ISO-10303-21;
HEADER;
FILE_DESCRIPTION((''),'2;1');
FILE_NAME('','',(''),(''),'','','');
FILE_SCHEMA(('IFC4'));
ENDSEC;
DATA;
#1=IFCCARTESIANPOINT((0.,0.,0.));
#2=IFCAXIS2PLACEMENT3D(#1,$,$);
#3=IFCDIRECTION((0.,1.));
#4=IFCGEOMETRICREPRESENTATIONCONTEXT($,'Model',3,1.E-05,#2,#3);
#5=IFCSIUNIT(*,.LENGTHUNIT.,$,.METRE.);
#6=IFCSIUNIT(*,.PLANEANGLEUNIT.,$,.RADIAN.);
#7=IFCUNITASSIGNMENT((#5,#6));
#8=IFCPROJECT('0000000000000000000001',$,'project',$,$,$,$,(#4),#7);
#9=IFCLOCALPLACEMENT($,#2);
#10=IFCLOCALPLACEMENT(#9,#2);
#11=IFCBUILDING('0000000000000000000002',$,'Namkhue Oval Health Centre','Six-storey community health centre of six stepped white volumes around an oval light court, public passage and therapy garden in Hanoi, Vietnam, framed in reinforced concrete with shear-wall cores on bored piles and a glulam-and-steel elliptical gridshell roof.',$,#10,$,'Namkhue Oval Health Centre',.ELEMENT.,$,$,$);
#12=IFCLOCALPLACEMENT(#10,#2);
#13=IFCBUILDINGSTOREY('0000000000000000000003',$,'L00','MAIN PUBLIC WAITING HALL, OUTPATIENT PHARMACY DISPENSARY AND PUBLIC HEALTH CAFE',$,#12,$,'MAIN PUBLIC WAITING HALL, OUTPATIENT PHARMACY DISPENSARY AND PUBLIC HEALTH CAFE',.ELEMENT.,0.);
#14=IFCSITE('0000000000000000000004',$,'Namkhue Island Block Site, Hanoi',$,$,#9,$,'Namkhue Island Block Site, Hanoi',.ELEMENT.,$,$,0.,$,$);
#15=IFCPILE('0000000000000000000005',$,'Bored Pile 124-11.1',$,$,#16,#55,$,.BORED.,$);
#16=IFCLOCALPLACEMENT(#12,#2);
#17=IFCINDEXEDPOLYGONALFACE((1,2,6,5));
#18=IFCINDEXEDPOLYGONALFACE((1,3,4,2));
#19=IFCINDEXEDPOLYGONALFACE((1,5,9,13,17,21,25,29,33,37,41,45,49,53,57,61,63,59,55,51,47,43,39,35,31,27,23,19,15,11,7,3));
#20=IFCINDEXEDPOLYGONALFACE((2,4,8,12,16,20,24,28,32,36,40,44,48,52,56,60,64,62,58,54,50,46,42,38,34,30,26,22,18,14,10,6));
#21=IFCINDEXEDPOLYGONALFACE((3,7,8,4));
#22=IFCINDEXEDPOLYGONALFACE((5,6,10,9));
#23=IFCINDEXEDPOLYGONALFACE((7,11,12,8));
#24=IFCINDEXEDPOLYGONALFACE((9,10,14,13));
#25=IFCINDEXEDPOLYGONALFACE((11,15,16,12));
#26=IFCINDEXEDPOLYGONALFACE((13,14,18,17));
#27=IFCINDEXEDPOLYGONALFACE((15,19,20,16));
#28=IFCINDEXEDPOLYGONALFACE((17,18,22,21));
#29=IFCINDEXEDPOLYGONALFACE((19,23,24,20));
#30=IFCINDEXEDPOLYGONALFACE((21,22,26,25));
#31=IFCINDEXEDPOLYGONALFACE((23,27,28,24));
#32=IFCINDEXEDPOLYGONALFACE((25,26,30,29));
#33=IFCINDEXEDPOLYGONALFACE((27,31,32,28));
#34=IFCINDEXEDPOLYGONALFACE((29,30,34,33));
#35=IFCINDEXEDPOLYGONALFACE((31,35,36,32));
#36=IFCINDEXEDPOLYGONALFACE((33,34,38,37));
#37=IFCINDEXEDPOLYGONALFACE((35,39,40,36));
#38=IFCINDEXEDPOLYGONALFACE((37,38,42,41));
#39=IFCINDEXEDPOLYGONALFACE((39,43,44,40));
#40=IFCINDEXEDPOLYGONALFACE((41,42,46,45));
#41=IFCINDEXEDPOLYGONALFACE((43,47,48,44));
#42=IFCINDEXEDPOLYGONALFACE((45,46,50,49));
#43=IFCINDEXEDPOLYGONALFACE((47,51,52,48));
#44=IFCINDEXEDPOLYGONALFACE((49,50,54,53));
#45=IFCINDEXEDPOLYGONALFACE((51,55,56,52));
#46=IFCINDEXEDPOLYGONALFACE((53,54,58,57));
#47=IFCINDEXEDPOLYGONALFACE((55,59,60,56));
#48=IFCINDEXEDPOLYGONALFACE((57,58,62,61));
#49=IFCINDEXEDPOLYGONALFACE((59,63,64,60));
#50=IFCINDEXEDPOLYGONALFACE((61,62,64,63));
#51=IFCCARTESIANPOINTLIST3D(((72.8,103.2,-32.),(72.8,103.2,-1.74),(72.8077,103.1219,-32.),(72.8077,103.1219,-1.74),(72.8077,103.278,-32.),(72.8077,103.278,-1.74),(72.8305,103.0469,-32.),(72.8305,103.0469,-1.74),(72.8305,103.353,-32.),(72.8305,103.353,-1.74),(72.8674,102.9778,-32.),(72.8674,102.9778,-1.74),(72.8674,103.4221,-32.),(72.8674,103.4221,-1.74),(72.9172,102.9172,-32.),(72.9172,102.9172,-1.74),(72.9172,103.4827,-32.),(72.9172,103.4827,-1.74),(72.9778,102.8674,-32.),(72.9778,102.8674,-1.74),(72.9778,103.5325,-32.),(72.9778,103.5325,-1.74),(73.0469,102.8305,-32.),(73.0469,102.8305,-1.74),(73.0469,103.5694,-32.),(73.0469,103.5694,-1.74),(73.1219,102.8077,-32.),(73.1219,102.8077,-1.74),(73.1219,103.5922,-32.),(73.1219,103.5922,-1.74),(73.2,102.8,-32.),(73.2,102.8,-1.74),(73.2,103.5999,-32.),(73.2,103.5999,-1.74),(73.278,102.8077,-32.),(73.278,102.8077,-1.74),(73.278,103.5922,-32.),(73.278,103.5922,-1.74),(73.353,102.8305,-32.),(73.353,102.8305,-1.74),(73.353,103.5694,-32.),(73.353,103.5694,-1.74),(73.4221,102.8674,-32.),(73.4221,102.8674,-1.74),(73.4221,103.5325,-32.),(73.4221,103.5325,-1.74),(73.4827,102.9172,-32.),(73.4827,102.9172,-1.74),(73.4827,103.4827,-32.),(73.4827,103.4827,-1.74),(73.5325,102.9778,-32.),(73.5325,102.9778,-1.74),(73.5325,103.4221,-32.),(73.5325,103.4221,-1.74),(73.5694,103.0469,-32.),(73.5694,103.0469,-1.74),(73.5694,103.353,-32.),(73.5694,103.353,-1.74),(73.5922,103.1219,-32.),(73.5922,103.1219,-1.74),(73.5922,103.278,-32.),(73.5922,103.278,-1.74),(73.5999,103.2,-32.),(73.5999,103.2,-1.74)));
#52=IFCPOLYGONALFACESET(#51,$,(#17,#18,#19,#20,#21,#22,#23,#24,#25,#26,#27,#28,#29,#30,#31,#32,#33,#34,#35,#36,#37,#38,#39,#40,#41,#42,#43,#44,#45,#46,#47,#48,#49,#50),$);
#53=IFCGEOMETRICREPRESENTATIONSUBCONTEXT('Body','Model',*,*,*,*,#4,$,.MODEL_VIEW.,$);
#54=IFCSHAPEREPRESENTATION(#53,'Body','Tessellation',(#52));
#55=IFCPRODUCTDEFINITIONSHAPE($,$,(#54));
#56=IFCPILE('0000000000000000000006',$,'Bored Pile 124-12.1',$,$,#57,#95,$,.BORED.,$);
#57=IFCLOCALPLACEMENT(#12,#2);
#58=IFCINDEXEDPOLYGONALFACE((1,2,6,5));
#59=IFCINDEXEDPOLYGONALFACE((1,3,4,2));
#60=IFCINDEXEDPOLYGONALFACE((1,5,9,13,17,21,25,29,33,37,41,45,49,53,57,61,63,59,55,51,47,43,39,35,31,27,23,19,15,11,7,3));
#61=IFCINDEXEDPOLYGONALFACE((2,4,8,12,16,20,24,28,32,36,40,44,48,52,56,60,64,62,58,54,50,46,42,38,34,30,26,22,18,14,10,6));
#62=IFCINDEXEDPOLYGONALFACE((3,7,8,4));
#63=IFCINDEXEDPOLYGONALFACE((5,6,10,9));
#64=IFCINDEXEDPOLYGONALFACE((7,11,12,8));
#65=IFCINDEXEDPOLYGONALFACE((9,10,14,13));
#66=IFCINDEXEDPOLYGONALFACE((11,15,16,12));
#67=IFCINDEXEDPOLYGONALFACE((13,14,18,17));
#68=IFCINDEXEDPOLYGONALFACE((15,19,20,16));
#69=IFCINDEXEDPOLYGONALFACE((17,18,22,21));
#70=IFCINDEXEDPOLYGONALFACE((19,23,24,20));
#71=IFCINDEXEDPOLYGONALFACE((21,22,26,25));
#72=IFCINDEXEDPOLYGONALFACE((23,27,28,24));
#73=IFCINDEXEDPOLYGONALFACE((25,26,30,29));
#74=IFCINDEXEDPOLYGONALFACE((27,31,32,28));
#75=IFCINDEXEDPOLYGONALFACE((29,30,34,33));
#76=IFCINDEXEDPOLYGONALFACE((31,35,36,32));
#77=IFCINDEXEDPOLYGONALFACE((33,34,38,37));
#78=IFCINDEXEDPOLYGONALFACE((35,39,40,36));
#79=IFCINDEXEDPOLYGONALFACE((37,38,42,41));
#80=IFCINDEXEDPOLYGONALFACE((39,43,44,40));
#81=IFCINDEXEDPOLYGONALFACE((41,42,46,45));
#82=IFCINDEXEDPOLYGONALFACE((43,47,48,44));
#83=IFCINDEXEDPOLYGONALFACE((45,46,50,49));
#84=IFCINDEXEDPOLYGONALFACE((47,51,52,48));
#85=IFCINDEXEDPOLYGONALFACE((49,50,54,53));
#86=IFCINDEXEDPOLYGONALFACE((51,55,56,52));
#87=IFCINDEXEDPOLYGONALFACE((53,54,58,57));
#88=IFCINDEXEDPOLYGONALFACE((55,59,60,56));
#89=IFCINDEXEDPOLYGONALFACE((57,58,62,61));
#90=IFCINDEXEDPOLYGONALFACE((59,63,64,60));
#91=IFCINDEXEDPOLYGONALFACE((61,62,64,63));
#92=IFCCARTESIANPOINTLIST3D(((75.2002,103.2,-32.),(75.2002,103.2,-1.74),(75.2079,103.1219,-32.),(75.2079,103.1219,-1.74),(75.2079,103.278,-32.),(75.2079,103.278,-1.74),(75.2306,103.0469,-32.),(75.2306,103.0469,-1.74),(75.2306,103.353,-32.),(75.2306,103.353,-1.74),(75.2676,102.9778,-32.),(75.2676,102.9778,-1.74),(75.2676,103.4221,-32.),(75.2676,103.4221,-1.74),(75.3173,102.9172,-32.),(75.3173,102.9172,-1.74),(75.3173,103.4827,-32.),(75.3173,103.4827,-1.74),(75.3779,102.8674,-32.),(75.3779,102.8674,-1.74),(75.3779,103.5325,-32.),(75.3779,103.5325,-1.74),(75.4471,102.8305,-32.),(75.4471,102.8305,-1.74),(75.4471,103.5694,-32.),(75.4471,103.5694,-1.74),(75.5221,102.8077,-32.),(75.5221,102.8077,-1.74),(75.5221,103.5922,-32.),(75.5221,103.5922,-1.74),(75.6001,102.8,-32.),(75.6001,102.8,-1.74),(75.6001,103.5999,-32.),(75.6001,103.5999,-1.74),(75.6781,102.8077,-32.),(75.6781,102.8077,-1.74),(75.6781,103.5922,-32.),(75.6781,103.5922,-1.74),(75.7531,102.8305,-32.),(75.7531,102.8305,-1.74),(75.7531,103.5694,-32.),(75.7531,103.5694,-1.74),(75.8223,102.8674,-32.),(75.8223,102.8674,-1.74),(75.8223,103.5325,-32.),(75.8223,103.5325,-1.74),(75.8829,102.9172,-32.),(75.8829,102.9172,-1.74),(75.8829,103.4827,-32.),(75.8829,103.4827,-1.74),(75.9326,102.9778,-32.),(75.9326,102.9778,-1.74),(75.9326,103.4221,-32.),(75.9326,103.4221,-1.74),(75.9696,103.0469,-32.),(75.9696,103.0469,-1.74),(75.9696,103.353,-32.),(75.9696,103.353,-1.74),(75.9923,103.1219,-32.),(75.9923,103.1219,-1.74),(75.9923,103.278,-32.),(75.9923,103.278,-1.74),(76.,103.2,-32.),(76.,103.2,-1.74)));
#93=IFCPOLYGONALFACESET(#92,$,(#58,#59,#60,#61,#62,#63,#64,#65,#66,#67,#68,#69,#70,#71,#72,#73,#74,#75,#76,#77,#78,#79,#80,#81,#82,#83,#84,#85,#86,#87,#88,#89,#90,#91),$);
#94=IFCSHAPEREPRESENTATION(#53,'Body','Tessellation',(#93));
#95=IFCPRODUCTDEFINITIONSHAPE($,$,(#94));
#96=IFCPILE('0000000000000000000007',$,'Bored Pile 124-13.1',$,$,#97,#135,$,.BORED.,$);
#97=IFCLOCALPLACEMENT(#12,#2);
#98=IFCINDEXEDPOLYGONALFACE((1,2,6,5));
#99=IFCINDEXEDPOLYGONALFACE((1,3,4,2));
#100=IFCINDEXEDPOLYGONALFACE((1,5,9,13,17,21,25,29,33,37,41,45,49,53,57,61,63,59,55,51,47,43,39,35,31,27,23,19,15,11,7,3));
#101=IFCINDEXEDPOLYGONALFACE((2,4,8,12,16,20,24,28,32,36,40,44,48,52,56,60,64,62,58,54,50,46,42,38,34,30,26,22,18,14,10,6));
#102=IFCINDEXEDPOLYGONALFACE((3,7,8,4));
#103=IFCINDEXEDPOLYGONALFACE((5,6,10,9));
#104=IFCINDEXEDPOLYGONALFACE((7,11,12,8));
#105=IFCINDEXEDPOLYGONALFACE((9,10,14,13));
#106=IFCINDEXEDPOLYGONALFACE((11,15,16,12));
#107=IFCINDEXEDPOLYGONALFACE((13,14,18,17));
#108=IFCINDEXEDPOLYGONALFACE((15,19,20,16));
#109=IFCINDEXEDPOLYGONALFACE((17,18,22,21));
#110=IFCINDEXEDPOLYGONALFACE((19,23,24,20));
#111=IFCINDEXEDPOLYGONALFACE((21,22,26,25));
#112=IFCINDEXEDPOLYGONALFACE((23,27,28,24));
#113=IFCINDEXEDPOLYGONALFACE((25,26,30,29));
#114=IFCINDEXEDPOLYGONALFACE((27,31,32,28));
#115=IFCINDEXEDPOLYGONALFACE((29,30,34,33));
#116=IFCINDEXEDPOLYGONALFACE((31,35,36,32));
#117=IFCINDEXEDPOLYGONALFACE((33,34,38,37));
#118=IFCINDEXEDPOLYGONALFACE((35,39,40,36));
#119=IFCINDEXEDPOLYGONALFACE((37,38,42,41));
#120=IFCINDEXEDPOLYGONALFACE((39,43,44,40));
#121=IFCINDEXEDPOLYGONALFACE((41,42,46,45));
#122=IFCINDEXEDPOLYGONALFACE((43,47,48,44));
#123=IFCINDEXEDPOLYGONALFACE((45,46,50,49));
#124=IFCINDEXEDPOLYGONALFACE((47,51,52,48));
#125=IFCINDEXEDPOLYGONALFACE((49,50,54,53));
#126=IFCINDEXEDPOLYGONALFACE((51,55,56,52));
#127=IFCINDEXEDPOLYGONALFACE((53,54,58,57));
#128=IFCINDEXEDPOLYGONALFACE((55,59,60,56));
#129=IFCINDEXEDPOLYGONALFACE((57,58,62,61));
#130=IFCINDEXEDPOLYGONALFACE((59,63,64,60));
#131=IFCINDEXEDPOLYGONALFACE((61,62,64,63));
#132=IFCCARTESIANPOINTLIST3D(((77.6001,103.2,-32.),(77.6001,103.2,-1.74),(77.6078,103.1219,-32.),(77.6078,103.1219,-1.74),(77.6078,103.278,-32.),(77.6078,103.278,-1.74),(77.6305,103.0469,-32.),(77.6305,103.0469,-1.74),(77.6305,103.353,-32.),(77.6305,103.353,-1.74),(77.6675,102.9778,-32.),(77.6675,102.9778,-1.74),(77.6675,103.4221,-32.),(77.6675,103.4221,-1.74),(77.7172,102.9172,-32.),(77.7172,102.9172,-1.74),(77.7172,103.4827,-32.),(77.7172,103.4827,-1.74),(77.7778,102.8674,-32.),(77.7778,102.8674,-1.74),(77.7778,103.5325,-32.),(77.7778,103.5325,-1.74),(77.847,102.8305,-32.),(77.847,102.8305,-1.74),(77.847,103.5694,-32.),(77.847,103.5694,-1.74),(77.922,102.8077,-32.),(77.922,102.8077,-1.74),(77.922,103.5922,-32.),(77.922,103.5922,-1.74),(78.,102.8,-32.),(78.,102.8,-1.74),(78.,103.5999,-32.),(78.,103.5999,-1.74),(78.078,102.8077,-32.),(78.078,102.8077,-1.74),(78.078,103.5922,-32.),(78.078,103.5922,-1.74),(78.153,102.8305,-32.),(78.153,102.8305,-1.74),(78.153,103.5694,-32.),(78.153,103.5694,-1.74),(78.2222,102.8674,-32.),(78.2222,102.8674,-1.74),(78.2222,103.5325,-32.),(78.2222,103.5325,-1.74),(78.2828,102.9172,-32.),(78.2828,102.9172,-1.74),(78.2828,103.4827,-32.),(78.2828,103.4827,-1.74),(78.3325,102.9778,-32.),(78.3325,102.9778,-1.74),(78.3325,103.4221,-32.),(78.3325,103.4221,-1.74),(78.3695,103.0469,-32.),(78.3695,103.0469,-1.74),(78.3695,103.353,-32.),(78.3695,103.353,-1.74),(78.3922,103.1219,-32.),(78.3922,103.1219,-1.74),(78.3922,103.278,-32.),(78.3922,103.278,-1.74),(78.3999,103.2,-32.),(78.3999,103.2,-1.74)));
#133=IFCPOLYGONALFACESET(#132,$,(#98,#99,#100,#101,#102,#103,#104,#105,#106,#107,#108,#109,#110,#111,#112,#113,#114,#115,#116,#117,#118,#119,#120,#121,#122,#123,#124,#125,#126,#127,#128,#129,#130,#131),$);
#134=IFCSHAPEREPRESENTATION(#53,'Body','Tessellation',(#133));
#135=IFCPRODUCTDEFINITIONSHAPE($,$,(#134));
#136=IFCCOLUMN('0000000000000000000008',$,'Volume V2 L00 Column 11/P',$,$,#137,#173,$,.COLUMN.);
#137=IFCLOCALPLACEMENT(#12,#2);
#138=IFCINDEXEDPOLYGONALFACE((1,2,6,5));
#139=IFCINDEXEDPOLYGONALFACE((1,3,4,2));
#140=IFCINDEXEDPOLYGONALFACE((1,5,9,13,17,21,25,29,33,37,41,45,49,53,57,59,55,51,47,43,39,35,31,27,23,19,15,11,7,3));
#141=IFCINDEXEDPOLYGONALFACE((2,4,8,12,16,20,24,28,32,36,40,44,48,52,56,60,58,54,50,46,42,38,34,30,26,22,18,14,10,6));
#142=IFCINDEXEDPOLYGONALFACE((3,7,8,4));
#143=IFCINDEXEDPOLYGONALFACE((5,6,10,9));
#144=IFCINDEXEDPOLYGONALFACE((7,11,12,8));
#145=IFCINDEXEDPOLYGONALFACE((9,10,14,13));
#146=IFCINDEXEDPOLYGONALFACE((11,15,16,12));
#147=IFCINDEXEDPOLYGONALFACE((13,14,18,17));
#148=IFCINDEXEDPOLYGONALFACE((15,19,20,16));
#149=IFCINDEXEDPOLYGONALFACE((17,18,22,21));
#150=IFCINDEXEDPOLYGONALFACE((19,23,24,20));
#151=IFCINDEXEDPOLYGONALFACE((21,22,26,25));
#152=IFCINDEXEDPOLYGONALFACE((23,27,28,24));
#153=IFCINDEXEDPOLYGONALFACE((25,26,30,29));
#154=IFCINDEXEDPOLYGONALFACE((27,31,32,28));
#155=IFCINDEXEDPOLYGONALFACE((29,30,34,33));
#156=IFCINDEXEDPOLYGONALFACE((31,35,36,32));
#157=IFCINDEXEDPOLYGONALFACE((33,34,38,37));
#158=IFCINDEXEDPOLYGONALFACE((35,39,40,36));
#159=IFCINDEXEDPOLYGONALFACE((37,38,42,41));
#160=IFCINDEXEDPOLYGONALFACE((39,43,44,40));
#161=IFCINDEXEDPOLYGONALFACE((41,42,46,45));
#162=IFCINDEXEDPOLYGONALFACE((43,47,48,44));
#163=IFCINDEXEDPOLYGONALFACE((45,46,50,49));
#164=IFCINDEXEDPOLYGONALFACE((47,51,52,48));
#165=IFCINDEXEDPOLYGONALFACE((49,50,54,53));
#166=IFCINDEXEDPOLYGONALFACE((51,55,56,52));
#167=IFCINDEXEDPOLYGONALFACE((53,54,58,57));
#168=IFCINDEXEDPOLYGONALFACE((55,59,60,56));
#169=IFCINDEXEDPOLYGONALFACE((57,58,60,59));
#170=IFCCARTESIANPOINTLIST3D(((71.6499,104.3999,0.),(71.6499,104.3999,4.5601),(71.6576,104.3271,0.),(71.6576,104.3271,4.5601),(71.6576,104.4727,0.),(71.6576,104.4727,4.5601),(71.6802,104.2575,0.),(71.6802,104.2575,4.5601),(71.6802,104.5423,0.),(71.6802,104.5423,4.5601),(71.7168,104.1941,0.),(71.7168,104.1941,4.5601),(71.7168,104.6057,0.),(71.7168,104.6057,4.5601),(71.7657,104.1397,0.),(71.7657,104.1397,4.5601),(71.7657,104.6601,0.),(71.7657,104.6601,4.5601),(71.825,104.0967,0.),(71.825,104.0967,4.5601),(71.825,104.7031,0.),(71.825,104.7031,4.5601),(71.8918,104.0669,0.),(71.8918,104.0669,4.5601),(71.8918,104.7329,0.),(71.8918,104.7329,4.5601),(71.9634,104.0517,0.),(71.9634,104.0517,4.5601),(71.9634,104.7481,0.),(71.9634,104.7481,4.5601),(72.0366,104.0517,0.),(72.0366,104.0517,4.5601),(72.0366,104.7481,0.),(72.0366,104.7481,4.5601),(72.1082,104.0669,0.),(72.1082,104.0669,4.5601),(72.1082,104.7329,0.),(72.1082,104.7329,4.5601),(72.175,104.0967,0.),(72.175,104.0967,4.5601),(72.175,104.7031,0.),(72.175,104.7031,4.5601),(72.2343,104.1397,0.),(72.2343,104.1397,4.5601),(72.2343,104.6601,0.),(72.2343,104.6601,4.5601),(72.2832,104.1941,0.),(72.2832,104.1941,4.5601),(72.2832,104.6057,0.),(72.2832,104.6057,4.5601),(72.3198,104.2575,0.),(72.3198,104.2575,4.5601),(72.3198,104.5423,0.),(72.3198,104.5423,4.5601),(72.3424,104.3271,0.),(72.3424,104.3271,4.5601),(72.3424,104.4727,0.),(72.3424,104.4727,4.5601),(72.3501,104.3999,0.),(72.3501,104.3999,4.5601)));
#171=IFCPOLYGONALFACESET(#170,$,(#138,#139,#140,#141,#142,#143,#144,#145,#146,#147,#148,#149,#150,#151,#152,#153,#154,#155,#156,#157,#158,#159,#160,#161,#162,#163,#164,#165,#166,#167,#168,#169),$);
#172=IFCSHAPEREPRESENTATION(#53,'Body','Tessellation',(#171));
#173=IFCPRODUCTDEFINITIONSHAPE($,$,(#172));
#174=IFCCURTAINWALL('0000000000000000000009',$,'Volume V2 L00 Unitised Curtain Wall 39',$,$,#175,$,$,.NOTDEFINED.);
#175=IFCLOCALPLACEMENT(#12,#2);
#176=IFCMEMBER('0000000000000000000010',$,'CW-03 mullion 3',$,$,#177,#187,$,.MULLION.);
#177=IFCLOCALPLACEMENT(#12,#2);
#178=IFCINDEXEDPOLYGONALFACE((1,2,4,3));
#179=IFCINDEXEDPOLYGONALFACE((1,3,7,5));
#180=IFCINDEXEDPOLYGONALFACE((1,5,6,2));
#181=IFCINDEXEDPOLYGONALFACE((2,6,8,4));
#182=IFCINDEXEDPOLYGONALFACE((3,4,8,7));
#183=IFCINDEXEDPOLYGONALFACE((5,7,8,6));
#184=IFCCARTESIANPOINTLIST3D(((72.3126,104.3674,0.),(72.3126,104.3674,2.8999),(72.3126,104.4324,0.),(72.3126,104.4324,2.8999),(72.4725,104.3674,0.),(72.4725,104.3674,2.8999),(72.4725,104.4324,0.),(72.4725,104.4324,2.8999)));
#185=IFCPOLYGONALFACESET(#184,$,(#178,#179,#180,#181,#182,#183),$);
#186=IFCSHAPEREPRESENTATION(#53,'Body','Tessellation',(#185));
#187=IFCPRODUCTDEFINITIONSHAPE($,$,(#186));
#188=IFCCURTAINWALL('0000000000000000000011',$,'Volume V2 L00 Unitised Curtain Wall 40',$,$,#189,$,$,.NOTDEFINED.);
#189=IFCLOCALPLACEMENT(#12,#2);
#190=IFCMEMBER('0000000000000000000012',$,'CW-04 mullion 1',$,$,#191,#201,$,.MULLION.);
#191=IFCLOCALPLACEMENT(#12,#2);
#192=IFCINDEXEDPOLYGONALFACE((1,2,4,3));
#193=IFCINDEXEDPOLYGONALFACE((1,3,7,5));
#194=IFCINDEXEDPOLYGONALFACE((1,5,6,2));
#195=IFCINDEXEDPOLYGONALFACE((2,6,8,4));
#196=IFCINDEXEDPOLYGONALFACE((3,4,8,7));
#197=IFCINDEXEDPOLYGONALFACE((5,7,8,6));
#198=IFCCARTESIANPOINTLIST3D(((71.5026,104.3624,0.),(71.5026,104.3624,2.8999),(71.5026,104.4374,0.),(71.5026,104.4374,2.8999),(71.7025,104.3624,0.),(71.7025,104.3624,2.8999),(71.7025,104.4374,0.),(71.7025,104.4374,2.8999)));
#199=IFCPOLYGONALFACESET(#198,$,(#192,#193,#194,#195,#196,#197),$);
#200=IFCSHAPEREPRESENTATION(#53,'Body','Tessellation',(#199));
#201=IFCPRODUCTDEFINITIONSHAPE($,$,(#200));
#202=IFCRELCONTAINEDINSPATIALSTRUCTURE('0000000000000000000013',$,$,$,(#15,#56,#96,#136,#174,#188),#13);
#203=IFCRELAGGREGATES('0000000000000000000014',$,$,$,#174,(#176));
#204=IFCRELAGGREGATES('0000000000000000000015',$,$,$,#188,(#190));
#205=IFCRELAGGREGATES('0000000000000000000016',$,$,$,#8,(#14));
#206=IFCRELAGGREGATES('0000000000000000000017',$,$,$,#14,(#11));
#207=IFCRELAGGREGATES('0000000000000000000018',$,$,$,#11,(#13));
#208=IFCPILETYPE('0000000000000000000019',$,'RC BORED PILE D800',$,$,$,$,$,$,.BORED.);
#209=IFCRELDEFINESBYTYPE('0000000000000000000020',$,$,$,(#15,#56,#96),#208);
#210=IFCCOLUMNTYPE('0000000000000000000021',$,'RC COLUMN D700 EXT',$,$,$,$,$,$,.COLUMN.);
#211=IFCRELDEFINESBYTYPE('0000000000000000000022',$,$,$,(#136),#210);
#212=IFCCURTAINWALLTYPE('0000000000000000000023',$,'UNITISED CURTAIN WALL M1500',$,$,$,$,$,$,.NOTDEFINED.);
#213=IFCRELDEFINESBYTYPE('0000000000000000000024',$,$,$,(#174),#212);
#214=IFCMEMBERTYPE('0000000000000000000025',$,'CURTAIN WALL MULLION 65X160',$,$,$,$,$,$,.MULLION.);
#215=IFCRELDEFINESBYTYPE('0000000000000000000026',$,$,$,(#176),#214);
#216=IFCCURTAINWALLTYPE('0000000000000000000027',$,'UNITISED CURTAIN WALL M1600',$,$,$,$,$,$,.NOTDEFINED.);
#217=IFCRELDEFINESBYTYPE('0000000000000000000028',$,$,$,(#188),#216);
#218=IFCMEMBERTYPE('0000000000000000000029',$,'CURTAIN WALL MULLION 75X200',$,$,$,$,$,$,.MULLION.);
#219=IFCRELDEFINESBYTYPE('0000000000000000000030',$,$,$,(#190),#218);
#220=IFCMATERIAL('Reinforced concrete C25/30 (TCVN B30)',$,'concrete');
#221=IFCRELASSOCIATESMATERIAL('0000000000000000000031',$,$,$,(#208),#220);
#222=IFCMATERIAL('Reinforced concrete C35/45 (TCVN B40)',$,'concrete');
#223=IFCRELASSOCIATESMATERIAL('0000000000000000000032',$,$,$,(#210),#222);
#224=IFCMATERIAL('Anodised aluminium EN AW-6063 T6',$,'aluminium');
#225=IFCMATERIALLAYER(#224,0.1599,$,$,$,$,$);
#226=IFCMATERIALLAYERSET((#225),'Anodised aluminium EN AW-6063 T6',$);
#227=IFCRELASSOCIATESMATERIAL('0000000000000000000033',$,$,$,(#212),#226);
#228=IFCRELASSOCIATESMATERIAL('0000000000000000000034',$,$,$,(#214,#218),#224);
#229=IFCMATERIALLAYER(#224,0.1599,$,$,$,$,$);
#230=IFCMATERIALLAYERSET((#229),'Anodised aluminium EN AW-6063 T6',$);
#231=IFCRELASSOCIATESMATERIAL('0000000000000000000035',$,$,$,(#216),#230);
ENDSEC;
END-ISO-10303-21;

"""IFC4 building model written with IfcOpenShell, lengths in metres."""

from ifc_helpers import new_model, si_unit, direction, frame, origin, origin_2d, place, context, subcontext, project, spatial, rectangle, circle, extrude, material, layer, layer_set, material_profile, profile_set, type_object, element, aggregate, save


model = new_model("IFC4")

# Units and contexts
model_context = context("Model", 3, precision=1e-05, world=origin(), true_north=direction((0.0, 1.0)))
body_context = subcontext(model_context, "Body", "Model", "MODEL_VIEW")
ifc_project = project(units=[si_unit("LENGTHUNIT", "METRE"), si_unit("PLANEANGLEUNIT", "RADIAN")], contexts=[model_context])

# Site, building, storey
site_placement = place(None, origin())
site = spatial("IfcSite", under=ifc_project, at=site_placement, Name="Namkhue Island Block Site, Hanoi", LongName="Namkhue Island Block Site, Hanoi", CompositionType="ELEMENT", RefElevation=0.0)
building_placement = place(site_placement, origin())
building = spatial("IfcBuilding", under=site, at=building_placement, Name="Namkhue Oval Health Centre", Description="Six-storey community health centre of six stepped white volumes around an oval light court, public passage and therapy garden in Hanoi, Vietnam, framed in reinforced concrete with shear-wall cores on bored piles and a glulam-and-steel elliptical gridshell roof.", LongName="Namkhue Oval Health Centre", CompositionType="ELEMENT")
storey_placement = place(building_placement, origin())
storey = spatial("IfcBuildingStorey", under=building, at=storey_placement, Name="L00", Description="MAIN PUBLIC WAITING HALL, OUTPATIENT PHARMACY DISPENSARY AND PUBLIC HEALTH CAFE", LongName="MAIN PUBLIC WAITING HALL, OUTPATIENT PHARMACY DISPENSARY AND PUBLIC HEALTH CAFE", CompositionType="ELEMENT", Elevation=0.0)

# Piles
ifc_material_1 = material(Name="Reinforced concrete C25/30 (TCVN B30)", Category="concrete")
ifc_material_profile_1 = material_profile(ifc_material_1, circle(Radius=0.3999, at=origin_2d()), Name="BORED PILE D800")
ifc_profile_set_1 = profile_set([ifc_material_profile_1], Name="Reinforced concrete C25/30 (TCVN B30)")
pile_type_1 = type_object("IfcPileType", Name="RC BORED PILE D800", PredefinedType="BORED", material=ifc_profile_set_1)
for number, where, z_axis, x_axis, name in (
    (1, (73.2, 103.2, -1.74), (0.0, 0.0, -1.0), (1.0, 0.0, 0.0), "Bored Pile 124-11.1"),
    (2, (75.6001, 103.2, -1.74), (0.0, 0.0, -1.0), (1.0, 0.0, 0.0), "Bored Pile 124-12.1"),
    (3, (78.0, 103.2, -1.74), (0.0, 0.0, -1.0), (1.0, 0.0, 0.0), "Bored Pile 124-13.1"),
):
    element("IfcPile", number, at=place(storey_placement, frame(where, z_axis=z_axis, x_axis=x_axis)), inside=storey, type_object=pile_type_1, Name=name, PredefinedType="BORED", context=body_context, shape_type="SweptSolid", body=[
        extrude(circle(Radius=0.3999, at=origin_2d()), origin(), (0.0, 0.0, 1.0), 30.26),
    ])

# Column
ifc_material_2 = material(Name="Reinforced concrete C35/45 (TCVN B40)", Category="concrete")
ifc_material_profile_2 = material_profile(ifc_material_2, circle(Radius=0.3501, at=origin_2d()), Name="RC D700")
ifc_profile_set_2 = profile_set([ifc_material_profile_2], Name="Reinforced concrete C35/45 (TCVN B40)")
column_type = type_object("IfcColumnType", Name="RC COLUMN D700 EXT", PredefinedType="COLUMN", material=ifc_profile_set_2)
column_placement = place(storey_placement, frame((72.0, 104.3999, 0.0), z_axis=(0.0, 0.0, 1.0), x_axis=(1.0, 0.0, 0.0)))
element("IfcColumn", 4, at=column_placement, inside=storey, type_object=column_type, Name="Volume V2 L00 Column 11/P", PredefinedType="COLUMN", context=body_context, shape_type="SweptSolid", body=[
    extrude(circle(Radius=0.3501, at=origin_2d()), origin(), (0.0, 0.0, 1.0), 4.5601),
])

# Curtain wall, member
ifc_material_3 = material(Name="Anodised aluminium EN AW-6063 T6", Category="aluminium")
ifc_layer_1 = layer(ifc_material_3, 0.1599)
ifc_layer_set_1 = layer_set([ifc_layer_1], Name="Anodised aluminium EN AW-6063 T6")
curtain_wall_type_1 = type_object("IfcCurtainWallType", Name="UNITISED CURTAIN WALL M1500", PredefinedType="NOTDEFINED", material=ifc_layer_set_1)
curtain_wall_1_placement = place(storey_placement, origin())
curtain_wall_1 = element("IfcCurtainWall", 5, at=curtain_wall_1_placement, inside=storey, type_object=curtain_wall_type_1, Name="Volume V2 L00 Unitised Curtain Wall 39", PredefinedType="NOTDEFINED")
ifc_material_profile_3 = material_profile(ifc_material_3, rectangle(XDim=0.0649, YDim=0.1599, at=origin_2d()), Name="ALU 65x160")
ifc_profile_set_3 = profile_set([ifc_material_profile_3], Name="Anodised aluminium EN AW-6063 T6")
member_type_1 = type_object("IfcMemberType", Name="CURTAIN WALL MULLION 65X160", PredefinedType="MULLION", material=ifc_profile_set_3)
member_1_placement = place(storey_placement, frame((72.3926, 104.3999, 0.0), z_axis=(0.0, 0.0, 1.0), x_axis=(0.0, -1.0, 0.0)))
member_1 = element("IfcMember", 6, at=member_1_placement, type_object=member_type_1, Name="CW-03 mullion 3", PredefinedType="MULLION", context=body_context, shape_type="SweptSolid", body=[
    extrude(rectangle(XDim=0.0649, YDim=0.1599, at=origin_2d()), origin(), (0.0, 0.0, 1.0), 2.8999),
])

# Curtain wall, member
ifc_layer_2 = layer(ifc_material_3, 0.1599)
ifc_layer_set_2 = layer_set([ifc_layer_2], Name="Anodised aluminium EN AW-6063 T6")
curtain_wall_type_2 = type_object("IfcCurtainWallType", Name="UNITISED CURTAIN WALL M1600", PredefinedType="NOTDEFINED", material=ifc_layer_set_2)
curtain_wall_2_placement = place(storey_placement, origin())
curtain_wall_2 = element("IfcCurtainWall", 7, at=curtain_wall_2_placement, inside=storey, type_object=curtain_wall_type_2, Name="Volume V2 L00 Unitised Curtain Wall 40", PredefinedType="NOTDEFINED")
ifc_material_profile_4 = material_profile(ifc_material_3, rectangle(XDim=0.075, YDim=0.2, at=origin_2d()), Name="ALU 75x200")
ifc_profile_set_4 = profile_set([ifc_material_profile_4], Name="Anodised aluminium EN AW-6063 T6")
member_type_2 = type_object("IfcMemberType", Name="CURTAIN WALL MULLION 75X200", PredefinedType="MULLION", material=ifc_profile_set_4)
member_2_placement = place(storey_placement, frame((71.6025, 104.3999, 0.0), z_axis=(0.0, 0.0, 1.0), x_axis=(0.0, -1.0, 0.0)))
member_2 = element("IfcMember", 8, at=member_2_placement, type_object=member_type_2, Name="CW-04 mullion 1", PredefinedType="MULLION", context=body_context, shape_type="SweptSolid", body=[
    extrude(rectangle(XDim=0.075, YDim=0.2, at=origin_2d()), origin(), (0.0, 0.0, 1.0), 2.8999),
])

aggregate(curtain_wall_1, [member_1])
aggregate(curtain_wall_2, [member_2])

save(model, "model.ifc")
